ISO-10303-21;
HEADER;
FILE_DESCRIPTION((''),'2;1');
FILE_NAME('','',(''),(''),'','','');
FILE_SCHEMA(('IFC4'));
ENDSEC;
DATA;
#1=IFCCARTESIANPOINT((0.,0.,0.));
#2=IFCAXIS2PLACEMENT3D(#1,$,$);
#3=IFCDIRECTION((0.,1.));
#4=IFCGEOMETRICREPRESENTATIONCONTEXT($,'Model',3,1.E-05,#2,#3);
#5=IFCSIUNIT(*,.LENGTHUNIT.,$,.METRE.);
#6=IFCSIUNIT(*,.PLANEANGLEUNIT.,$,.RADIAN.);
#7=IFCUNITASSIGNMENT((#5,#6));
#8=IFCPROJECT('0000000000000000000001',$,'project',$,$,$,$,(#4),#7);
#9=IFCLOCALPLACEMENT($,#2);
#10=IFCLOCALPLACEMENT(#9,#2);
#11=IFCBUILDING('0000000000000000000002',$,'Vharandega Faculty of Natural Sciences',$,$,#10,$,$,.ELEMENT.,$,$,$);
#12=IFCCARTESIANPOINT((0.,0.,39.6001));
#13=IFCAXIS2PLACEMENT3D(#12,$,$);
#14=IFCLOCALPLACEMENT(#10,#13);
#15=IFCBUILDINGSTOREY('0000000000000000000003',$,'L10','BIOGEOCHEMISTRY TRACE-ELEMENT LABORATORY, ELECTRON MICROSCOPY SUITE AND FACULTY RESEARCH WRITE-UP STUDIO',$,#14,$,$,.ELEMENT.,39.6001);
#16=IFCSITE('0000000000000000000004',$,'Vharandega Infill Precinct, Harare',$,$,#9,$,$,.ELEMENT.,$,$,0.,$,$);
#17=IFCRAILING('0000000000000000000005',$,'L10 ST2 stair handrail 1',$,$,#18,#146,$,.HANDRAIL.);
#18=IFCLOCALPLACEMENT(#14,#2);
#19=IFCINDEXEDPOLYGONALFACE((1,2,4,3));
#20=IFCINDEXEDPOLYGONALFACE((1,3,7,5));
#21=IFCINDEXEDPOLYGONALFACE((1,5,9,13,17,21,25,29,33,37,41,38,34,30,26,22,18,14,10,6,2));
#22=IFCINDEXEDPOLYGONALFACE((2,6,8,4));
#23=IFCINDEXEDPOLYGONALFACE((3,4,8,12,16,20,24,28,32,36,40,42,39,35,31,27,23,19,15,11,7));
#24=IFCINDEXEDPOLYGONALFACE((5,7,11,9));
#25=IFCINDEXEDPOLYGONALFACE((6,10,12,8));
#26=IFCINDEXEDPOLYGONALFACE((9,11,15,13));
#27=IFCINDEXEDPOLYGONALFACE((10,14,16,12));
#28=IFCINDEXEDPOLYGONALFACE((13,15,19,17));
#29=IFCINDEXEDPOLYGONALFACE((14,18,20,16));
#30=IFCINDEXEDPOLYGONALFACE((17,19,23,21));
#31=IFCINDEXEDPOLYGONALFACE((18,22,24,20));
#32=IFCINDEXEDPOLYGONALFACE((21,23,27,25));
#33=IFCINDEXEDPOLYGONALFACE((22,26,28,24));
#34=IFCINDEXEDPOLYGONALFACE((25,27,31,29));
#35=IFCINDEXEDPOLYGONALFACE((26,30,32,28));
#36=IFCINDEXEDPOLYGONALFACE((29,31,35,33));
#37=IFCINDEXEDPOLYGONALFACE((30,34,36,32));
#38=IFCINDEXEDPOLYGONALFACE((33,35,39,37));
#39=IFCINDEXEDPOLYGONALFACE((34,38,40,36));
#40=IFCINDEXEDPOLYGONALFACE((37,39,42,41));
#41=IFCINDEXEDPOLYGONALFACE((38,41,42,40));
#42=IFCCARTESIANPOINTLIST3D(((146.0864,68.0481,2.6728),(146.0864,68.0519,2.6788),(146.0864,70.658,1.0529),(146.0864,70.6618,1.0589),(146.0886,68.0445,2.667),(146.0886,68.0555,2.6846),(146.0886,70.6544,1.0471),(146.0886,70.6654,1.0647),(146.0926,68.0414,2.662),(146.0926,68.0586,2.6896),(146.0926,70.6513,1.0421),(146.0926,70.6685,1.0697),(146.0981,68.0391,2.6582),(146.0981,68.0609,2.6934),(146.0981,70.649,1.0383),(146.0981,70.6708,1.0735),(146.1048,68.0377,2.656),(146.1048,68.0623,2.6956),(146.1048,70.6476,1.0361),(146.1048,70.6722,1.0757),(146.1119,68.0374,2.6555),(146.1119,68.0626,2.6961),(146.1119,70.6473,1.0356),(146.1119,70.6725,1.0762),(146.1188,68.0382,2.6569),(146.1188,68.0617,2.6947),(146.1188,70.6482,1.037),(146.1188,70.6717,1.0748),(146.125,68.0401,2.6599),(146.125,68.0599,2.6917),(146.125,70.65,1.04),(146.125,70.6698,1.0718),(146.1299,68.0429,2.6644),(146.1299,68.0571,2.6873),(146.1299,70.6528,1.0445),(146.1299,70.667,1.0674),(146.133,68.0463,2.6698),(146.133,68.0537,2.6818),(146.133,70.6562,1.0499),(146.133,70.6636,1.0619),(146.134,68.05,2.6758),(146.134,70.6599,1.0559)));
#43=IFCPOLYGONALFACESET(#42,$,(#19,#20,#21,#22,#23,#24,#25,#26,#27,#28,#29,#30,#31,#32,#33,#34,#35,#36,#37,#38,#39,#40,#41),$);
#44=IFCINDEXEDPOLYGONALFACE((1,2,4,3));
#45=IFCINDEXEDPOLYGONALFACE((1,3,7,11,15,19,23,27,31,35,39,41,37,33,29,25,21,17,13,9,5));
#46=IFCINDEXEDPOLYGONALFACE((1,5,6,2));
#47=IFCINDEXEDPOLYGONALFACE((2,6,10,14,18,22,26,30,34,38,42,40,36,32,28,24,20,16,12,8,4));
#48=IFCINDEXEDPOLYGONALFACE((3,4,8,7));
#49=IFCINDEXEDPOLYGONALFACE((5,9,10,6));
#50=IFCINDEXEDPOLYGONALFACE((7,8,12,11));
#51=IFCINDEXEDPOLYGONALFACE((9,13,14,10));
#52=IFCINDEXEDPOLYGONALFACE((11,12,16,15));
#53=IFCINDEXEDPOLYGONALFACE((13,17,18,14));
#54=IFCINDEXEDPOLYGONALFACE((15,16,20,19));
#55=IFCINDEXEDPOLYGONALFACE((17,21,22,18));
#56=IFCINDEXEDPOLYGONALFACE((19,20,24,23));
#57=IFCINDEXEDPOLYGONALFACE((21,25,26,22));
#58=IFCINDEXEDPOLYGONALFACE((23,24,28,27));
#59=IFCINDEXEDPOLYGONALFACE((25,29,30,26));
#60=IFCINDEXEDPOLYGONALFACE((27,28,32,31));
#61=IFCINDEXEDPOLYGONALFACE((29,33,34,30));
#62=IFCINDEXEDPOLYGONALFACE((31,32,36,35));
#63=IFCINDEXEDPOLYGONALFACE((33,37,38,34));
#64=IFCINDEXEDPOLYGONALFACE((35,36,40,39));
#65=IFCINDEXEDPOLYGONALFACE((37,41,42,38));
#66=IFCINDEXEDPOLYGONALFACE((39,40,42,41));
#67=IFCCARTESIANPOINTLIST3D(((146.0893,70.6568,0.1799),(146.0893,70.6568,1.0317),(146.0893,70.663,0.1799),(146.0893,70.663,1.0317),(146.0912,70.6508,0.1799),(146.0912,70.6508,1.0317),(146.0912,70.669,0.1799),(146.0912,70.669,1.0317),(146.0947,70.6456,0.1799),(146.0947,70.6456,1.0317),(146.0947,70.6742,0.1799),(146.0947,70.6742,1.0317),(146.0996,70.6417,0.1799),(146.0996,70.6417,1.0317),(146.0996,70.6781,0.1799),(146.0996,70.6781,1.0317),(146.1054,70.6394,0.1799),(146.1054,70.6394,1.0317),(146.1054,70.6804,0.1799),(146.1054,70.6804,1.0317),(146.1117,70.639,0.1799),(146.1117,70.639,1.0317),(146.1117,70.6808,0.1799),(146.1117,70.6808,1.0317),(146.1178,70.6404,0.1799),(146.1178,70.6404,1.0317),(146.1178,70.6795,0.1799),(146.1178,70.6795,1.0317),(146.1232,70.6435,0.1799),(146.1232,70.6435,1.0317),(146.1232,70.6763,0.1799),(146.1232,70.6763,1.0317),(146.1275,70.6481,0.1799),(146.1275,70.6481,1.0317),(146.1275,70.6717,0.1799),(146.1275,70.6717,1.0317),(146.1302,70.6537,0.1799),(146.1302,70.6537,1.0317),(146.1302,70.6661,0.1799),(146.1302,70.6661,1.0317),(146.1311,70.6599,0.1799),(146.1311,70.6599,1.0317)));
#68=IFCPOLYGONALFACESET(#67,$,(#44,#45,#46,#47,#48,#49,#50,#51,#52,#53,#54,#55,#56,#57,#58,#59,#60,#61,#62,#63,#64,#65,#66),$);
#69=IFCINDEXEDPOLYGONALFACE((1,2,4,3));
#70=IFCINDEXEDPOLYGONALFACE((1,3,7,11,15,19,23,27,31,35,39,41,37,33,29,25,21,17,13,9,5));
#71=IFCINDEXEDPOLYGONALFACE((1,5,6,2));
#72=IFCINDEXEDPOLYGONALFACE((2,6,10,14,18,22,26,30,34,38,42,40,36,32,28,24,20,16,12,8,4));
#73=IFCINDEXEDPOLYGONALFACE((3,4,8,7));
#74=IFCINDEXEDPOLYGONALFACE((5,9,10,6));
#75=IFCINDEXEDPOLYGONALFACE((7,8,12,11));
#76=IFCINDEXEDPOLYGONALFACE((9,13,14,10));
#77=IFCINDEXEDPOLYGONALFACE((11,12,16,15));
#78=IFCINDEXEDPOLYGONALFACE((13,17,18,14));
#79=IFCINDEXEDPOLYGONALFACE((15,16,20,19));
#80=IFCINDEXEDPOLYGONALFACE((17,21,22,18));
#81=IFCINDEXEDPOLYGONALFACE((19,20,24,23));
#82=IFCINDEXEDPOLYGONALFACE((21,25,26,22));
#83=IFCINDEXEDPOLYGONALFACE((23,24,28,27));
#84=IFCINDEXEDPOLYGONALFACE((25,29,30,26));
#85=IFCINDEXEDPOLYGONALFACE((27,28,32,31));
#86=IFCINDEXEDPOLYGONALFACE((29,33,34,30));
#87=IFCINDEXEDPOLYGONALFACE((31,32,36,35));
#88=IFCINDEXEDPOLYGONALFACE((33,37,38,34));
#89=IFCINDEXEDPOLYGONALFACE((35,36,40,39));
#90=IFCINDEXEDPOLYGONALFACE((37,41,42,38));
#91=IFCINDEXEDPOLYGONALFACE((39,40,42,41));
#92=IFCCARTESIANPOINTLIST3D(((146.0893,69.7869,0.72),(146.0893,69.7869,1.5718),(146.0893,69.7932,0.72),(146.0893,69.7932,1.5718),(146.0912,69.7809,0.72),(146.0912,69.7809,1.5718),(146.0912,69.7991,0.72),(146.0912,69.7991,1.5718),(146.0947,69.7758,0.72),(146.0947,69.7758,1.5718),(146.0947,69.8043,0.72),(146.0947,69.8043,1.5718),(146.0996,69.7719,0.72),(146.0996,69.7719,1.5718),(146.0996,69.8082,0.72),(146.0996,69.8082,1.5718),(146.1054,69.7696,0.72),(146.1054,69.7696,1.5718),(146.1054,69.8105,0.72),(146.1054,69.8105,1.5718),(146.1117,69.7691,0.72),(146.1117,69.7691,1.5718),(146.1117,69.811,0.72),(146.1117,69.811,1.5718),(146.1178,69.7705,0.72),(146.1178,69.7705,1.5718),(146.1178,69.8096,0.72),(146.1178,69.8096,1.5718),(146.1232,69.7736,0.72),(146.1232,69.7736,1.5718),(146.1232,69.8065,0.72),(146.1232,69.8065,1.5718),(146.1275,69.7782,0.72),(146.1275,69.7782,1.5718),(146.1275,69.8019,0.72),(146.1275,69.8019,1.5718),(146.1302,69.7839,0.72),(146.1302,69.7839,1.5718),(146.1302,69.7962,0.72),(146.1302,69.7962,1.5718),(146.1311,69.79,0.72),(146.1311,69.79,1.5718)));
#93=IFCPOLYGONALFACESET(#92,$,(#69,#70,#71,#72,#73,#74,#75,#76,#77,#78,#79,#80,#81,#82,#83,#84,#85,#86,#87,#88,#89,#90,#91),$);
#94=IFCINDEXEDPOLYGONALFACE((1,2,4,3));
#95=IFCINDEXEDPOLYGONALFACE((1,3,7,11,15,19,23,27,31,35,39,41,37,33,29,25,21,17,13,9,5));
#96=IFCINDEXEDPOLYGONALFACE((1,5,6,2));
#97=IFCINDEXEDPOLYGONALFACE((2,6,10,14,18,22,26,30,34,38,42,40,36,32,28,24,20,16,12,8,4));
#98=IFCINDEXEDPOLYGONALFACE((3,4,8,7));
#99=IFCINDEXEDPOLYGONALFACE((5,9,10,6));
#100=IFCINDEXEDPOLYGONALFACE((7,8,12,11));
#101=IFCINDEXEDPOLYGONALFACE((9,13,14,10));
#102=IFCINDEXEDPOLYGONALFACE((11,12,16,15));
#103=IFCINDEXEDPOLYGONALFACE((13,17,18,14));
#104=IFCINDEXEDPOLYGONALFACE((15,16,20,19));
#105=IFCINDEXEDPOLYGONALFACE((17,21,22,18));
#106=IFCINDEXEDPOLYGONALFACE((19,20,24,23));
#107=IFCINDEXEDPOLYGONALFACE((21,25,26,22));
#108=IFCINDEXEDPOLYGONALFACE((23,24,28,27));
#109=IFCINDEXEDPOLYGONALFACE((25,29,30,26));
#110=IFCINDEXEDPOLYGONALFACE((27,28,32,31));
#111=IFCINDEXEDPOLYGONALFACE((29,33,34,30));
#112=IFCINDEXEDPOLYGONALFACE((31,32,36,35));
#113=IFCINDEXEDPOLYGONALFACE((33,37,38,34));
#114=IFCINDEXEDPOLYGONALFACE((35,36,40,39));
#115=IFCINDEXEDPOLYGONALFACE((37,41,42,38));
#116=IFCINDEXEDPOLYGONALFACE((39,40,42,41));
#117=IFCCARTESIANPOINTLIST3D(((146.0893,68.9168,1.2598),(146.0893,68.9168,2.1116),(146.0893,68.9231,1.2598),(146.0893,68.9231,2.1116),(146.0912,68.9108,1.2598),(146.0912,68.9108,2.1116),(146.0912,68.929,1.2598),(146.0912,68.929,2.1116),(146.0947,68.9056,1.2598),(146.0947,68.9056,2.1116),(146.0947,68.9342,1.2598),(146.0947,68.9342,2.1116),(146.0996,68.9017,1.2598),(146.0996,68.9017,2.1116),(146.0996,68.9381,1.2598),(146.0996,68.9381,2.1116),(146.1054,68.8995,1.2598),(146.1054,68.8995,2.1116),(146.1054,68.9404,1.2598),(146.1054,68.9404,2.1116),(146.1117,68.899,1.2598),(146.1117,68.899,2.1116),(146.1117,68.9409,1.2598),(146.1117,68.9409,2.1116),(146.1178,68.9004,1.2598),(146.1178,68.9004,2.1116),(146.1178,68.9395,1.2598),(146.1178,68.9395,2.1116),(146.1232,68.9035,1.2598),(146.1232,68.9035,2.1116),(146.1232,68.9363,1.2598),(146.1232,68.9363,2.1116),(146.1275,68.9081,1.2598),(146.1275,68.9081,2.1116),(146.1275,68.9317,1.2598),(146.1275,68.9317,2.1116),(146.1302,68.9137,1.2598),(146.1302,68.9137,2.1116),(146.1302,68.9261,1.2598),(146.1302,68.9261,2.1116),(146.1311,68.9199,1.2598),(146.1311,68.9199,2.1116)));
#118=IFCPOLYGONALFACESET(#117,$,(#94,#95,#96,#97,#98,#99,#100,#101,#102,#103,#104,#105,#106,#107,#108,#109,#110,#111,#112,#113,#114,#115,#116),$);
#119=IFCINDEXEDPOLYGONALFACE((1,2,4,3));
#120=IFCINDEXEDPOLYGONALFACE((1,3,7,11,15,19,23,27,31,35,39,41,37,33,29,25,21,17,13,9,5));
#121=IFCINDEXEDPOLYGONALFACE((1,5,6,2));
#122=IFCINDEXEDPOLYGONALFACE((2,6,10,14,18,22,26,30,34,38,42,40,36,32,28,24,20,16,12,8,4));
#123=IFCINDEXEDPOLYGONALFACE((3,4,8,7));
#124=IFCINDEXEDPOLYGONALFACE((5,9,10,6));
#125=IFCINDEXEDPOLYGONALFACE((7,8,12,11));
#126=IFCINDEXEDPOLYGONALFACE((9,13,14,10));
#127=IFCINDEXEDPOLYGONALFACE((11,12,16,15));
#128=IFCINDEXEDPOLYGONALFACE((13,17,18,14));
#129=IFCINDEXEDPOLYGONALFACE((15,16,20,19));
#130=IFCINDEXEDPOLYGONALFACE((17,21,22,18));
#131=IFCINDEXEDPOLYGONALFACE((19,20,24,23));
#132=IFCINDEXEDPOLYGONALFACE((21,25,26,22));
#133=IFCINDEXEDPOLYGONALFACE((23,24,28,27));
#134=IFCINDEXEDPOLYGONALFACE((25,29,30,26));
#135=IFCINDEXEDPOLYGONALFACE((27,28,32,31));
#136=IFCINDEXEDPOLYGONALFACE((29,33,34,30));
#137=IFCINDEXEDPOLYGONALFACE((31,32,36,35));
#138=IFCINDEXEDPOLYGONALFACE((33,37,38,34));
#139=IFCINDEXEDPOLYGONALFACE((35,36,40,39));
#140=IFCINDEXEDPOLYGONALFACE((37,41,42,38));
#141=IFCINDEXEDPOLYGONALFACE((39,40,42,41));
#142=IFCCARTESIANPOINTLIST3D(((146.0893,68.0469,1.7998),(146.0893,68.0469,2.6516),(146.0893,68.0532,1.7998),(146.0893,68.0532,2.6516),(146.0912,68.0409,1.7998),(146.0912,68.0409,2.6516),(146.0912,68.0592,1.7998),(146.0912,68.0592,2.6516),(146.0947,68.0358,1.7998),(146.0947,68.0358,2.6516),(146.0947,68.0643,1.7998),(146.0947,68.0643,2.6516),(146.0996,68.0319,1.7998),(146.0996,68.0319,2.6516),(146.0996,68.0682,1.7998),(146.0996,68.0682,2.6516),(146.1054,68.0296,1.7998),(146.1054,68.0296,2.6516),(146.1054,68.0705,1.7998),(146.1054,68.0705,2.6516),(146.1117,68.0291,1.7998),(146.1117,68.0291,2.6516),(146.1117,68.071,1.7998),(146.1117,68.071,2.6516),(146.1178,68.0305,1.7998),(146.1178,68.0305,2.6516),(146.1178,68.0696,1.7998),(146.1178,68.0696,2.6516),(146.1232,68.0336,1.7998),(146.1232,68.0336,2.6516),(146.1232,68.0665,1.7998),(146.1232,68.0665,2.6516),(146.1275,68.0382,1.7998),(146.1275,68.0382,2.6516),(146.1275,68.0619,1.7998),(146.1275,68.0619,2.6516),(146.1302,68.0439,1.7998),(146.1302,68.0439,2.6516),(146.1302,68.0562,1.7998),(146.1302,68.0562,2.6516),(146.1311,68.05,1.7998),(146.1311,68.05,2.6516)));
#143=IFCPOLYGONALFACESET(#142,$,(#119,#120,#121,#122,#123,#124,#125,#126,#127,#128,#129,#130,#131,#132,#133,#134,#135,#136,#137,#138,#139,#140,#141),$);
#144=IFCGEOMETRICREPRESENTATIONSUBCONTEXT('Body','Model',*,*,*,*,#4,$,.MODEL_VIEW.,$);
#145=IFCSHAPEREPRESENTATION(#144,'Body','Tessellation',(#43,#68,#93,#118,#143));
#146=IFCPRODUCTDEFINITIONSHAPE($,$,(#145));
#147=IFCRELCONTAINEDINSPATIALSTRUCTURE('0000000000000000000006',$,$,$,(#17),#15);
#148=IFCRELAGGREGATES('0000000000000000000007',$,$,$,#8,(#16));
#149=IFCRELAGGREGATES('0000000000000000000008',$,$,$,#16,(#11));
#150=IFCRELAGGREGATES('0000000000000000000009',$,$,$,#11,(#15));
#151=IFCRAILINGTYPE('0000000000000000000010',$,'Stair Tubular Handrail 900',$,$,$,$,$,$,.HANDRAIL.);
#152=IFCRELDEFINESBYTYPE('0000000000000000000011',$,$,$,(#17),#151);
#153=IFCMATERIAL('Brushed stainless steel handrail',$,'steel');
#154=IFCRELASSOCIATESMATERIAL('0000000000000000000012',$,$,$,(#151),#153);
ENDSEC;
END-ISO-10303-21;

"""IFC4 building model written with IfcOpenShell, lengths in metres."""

from ifc_helpers import new_model, si_unit, direction, frame, origin, origin_2d, place, context, subcontext, project, spatial, circle, extrude, material, type_object, element, save


model = new_model("IFC4")

# Units and contexts
model_context = context("Model", 3, precision=1e-05, world=origin(), true_north=direction((0.0, 1.0)))
body_context = subcontext(model_context, "Body", "Model", "MODEL_VIEW")
ifc_project = project(units=[si_unit("LENGTHUNIT", "METRE"), si_unit("PLANEANGLEUNIT", "RADIAN")], contexts=[model_context])

# Site, building, storey
site_placement = place(None, origin())
site = spatial("IfcSite", under=ifc_project, at=site_placement, Name="Vharandega Infill Precinct, Harare", CompositionType="ELEMENT", RefElevation=0.0)
building_placement = place(site_placement, origin())
building = spatial("IfcBuilding", under=site, at=building_placement, Name="Vharandega Faculty of Natural Sciences", CompositionType="ELEMENT")
storey_placement = place(building_placement, frame((0.0, 0.0, 39.6001)))
storey = spatial("IfcBuildingStorey", under=building, at=storey_placement, Name="L10", Description="BIOGEOCHEMISTRY TRACE-ELEMENT LABORATORY, ELECTRON MICROSCOPY SUITE AND FACULTY RESEARCH WRITE-UP STUDIO", CompositionType="ELEMENT", Elevation=39.6001)

# Railing
ifc_material_1 = material(Name="Brushed stainless steel handrail", Category="steel")
railing_type_1 = type_object("IfcRailingType", Name="Stair Tubular Handrail 900", PredefinedType="HANDRAIL", material=ifc_material_1)
railing_1_placement = place(storey_placement, frame((146.1101, 70.6599, 0.1799)))
element("IfcRailing", 1, at=railing_1_placement, inside=storey, type_object=railing_type_1, Name="L10 ST2 stair handrail 1", PredefinedType="HANDRAIL", context=body_context, shape_type="SweptSolid", body=[
    extrude(circle(Radius=0.0239, at=origin_2d()), frame((0.0, 0.0, 0.876), z_axis=(0.0, -0.849646, 0.527353), x_axis=(1.0, 0.0, 0.0)), (0.0, 0.0, 1.0), 3.0718),
    extrude(circle(Radius=0.021, at=origin_2d()), origin(), (0.0, 0.0, 1.0), 0.8518),
    extrude(circle(Radius=0.021, at=origin_2d()), frame((0.0, -0.8699, 0.54)), (0.0, 0.0, 1.0), 0.8518),
    extrude(circle(Radius=0.021, at=origin_2d()), frame((0.0, -1.74, 1.0798)), (0.0, 0.0, 1.0), 0.8518),
    extrude(circle(Radius=0.021, at=origin_2d()), frame((0.0, -2.6099, 1.6199)), (0.0, 0.0, 1.0), 0.8518),
])

save(model, "model.ifc")
